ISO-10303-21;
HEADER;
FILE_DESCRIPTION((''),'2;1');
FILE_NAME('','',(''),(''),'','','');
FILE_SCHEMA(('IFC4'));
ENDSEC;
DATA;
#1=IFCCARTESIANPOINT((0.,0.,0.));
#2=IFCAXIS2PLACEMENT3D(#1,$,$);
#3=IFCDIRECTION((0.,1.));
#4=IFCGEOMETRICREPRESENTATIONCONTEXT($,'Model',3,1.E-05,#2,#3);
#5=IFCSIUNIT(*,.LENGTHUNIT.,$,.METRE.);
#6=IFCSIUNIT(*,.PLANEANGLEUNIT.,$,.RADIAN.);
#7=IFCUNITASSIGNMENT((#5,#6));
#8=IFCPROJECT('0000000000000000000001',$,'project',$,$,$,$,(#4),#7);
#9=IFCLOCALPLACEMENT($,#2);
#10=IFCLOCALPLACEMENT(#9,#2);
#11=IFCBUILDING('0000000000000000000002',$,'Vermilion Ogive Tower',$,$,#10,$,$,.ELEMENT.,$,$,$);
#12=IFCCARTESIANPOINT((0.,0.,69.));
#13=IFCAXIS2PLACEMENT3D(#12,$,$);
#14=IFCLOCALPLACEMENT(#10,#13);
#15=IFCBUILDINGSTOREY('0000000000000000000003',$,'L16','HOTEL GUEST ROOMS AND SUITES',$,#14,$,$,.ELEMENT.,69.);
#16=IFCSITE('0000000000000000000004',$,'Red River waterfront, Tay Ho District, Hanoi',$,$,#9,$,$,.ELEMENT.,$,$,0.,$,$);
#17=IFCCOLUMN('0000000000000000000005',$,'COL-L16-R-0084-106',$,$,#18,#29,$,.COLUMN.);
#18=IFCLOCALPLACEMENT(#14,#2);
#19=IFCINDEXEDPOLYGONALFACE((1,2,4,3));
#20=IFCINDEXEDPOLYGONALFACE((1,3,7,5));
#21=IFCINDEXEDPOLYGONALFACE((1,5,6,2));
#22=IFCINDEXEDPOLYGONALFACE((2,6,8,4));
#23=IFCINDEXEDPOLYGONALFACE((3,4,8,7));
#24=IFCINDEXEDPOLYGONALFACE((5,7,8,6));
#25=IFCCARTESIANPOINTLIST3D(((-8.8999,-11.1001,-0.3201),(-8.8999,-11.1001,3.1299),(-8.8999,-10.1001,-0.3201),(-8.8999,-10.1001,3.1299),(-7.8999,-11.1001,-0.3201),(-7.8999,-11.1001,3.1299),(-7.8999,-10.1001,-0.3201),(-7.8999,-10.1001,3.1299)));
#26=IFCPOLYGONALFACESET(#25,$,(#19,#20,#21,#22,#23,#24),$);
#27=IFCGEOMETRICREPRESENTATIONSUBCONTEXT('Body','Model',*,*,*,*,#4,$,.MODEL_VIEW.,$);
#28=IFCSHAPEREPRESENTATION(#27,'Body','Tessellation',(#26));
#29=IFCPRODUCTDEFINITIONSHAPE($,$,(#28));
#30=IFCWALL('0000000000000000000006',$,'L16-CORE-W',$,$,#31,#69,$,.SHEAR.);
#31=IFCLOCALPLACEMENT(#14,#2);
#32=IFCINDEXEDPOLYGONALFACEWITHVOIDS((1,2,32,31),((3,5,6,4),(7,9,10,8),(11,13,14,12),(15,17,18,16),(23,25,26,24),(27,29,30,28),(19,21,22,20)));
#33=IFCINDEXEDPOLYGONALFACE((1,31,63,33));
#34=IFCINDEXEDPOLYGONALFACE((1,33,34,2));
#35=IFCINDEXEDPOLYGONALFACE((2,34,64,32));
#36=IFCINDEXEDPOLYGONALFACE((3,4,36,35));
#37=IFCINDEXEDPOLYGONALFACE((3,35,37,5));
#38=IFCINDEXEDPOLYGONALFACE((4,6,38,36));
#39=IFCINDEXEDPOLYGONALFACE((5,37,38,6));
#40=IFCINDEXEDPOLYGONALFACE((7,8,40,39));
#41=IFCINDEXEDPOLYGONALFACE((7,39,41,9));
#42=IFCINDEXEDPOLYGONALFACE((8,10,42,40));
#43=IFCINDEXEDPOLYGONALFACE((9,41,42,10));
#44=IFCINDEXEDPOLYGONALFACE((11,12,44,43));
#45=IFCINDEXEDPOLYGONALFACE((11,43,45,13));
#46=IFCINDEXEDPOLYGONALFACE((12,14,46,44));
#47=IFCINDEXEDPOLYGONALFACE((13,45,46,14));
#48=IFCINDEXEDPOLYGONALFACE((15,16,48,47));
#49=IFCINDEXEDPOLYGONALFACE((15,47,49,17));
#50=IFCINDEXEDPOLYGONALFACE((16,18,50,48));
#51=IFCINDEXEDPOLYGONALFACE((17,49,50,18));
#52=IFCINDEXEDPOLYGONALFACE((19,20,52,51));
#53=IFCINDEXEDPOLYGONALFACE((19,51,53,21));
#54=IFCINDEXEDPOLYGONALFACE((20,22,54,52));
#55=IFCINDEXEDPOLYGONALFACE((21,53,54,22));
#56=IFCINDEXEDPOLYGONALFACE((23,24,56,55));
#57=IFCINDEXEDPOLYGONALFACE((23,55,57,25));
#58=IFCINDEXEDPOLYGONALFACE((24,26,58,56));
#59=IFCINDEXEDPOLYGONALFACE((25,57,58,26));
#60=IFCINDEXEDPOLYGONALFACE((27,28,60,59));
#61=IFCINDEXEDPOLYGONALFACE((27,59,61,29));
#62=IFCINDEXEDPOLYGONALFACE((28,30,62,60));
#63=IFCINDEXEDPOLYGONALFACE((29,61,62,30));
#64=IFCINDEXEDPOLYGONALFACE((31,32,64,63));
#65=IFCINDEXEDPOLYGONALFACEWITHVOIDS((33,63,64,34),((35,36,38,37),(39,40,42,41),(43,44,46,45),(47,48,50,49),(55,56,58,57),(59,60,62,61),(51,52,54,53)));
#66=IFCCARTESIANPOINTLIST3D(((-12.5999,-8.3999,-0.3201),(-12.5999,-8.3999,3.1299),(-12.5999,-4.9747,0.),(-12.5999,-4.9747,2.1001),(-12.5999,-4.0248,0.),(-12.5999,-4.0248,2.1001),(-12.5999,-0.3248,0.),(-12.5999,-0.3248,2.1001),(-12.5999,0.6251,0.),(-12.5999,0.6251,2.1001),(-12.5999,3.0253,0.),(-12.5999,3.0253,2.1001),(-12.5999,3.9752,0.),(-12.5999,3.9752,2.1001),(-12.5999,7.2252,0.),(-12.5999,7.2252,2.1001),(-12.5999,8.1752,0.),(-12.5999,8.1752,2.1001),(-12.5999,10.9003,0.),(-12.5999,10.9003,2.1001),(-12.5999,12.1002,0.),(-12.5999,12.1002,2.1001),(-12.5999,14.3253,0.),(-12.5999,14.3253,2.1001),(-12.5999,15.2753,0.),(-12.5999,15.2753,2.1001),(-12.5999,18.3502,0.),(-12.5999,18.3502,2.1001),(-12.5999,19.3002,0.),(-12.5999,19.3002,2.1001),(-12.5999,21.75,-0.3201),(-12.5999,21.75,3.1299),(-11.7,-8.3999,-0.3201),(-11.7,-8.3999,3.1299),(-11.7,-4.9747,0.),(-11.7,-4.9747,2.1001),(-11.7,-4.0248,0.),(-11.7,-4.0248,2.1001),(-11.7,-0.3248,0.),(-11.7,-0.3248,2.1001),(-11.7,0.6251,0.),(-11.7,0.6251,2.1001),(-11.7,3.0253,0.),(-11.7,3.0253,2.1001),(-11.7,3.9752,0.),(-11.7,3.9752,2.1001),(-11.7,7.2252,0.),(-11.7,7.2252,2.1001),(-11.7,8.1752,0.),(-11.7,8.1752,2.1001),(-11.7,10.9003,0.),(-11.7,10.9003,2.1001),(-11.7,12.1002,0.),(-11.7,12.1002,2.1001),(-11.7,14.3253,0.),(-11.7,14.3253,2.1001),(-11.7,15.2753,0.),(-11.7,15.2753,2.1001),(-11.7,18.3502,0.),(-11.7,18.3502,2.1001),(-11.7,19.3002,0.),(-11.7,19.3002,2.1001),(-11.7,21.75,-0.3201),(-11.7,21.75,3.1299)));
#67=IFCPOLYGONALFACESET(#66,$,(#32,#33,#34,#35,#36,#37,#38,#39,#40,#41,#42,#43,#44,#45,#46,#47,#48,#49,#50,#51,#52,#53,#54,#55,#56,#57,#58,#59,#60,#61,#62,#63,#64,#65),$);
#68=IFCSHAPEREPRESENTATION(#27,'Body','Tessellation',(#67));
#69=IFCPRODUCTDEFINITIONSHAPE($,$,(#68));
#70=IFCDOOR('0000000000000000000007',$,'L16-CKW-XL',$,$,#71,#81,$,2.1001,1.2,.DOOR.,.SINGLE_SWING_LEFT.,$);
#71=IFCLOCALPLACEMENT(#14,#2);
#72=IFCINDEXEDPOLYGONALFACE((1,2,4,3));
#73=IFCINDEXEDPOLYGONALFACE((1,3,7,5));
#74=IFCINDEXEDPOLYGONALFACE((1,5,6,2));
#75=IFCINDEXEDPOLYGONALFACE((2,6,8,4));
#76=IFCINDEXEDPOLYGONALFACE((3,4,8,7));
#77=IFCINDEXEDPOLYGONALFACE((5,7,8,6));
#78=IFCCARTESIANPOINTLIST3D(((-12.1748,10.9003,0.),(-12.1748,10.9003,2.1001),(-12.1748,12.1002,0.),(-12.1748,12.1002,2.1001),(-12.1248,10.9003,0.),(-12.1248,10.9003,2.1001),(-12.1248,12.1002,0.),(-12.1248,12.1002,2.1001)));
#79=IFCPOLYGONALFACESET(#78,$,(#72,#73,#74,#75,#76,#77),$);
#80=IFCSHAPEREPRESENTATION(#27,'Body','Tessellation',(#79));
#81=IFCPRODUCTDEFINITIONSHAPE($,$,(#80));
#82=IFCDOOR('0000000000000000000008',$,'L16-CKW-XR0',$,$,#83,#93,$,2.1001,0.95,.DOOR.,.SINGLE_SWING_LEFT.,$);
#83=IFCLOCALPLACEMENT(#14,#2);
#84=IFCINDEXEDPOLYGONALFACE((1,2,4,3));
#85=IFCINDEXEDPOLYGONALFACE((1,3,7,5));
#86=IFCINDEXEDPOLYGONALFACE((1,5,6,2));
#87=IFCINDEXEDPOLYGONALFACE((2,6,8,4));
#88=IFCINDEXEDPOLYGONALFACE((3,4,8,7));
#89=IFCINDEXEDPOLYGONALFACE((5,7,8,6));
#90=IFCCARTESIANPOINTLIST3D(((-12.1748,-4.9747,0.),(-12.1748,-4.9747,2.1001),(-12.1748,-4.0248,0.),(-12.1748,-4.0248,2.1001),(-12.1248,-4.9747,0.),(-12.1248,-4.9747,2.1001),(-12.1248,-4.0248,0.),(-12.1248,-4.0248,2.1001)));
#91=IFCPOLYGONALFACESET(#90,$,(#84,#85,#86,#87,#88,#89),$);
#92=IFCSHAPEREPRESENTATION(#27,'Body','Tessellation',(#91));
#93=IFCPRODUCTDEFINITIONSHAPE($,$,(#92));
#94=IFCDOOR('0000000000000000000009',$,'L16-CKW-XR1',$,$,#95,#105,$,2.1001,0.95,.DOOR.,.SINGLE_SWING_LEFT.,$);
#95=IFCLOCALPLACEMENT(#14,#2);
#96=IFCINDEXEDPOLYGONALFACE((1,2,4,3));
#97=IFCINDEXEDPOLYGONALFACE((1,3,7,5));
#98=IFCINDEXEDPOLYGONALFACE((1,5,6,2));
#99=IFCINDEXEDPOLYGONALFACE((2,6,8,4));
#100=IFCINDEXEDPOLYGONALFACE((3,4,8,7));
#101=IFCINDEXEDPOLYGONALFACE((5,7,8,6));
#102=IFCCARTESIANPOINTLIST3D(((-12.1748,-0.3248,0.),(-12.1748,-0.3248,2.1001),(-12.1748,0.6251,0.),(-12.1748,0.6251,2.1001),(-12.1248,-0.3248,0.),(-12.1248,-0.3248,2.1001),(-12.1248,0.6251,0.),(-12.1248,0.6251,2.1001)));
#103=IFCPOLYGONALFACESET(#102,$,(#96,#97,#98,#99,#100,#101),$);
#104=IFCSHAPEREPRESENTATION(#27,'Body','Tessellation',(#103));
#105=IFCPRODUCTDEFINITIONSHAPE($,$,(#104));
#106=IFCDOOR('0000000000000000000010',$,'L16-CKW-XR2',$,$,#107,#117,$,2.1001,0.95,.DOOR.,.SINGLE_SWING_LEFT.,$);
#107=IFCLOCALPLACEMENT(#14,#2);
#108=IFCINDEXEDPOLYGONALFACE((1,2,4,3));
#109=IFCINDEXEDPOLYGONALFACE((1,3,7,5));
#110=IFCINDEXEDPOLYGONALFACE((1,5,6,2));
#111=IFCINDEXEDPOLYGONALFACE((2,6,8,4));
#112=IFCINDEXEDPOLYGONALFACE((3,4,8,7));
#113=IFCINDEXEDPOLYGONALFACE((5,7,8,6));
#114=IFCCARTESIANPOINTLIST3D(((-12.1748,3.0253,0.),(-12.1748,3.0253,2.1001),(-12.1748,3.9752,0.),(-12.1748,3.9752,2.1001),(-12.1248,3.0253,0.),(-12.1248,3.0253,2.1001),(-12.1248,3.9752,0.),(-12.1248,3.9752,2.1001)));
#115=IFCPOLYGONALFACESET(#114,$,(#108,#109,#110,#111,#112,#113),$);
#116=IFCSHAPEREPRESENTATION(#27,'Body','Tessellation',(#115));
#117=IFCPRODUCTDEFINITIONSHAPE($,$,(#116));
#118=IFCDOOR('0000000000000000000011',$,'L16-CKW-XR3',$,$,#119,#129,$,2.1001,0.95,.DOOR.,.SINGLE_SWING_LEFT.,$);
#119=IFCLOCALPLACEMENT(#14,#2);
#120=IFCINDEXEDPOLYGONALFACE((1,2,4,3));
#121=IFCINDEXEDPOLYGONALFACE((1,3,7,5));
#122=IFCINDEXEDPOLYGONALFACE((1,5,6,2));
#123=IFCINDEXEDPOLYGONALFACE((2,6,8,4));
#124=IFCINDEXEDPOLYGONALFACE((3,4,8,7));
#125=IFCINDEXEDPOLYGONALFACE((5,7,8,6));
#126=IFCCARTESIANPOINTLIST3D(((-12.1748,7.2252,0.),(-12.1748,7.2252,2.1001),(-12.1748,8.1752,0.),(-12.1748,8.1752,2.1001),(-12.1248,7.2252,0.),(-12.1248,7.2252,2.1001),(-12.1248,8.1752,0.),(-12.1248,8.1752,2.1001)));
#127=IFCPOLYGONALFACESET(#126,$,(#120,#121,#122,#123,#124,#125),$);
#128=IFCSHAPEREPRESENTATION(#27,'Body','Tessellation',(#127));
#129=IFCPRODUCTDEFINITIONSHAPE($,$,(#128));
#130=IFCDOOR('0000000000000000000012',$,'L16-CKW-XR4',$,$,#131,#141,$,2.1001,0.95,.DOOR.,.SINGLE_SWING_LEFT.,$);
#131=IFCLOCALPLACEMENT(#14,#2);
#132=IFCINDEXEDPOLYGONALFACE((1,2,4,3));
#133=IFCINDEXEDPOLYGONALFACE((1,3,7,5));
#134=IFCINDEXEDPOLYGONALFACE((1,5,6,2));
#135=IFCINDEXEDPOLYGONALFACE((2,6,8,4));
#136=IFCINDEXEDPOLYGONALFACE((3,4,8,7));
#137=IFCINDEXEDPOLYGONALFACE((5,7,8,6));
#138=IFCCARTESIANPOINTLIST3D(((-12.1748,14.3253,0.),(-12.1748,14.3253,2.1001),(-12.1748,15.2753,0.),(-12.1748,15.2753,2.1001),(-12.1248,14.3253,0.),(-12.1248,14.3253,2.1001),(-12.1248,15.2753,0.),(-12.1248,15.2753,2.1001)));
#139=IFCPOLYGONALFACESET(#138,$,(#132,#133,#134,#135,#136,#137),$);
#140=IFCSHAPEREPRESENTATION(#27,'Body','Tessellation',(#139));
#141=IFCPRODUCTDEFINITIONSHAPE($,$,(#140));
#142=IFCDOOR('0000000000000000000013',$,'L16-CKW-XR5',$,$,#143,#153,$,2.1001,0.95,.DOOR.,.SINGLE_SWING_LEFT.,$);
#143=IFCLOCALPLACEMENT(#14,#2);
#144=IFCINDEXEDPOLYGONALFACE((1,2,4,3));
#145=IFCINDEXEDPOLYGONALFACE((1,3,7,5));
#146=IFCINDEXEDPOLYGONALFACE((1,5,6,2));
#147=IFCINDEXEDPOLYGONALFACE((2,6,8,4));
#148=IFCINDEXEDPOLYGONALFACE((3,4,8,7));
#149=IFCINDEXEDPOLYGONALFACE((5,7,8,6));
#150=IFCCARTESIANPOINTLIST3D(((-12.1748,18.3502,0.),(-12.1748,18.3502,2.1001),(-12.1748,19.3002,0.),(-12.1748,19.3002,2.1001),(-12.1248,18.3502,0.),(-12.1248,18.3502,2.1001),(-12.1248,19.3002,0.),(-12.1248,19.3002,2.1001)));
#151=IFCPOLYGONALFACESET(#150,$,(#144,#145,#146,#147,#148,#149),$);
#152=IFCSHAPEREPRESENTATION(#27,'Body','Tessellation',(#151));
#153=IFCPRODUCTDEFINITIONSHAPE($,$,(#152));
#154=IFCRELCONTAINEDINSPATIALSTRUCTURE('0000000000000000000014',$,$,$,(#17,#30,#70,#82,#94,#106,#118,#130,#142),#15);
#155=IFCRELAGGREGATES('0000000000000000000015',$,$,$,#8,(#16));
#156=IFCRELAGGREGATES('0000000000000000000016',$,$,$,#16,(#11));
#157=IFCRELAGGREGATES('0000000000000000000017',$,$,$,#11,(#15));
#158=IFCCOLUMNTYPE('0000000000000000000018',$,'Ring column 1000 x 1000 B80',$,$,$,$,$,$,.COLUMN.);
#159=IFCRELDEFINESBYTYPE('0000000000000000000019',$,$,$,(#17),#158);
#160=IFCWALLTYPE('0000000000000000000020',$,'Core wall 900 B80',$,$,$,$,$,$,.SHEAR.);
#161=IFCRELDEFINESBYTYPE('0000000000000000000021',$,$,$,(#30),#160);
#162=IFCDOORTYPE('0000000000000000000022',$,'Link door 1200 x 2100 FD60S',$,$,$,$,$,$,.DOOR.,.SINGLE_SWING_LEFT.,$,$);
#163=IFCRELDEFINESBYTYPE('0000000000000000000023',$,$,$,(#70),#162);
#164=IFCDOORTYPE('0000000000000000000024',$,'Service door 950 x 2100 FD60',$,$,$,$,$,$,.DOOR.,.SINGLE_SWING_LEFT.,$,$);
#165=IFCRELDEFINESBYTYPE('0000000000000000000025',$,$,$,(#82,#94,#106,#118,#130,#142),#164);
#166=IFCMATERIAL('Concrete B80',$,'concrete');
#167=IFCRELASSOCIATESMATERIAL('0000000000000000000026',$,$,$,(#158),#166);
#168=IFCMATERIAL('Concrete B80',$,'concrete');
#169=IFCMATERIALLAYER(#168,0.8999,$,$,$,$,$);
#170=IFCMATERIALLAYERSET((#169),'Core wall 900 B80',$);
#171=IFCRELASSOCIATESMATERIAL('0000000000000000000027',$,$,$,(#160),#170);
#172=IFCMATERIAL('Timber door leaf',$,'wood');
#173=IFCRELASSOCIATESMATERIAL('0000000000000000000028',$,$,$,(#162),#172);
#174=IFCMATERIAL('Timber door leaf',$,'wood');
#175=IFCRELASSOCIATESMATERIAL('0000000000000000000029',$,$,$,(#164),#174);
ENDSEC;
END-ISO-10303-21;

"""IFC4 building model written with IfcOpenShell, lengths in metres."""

from ifc_helpers import new_model, si_unit, direction, frame, frame_2d, origin, origin_2d, place, context, subcontext, project, spatial, rectangle, extrude, material, layer, layer_set, material_profile, profile_set, type_object, element, fill, save


model = new_model("IFC4")

# Units and contexts
model_context = context("Model", 3, precision=1e-05, world=origin(), true_north=direction((0.0, 1.0)))
body_context = subcontext(model_context, "Body", "Model", "MODEL_VIEW")
ifc_project = project(units=[si_unit("LENGTHUNIT", "METRE"), si_unit("PLANEANGLEUNIT", "RADIAN")], contexts=[model_context])

# Site, building, storey
site_placement = place(None, origin())
site = spatial("IfcSite", under=ifc_project, at=site_placement, Name="Red River waterfront, Tay Ho District, Hanoi", CompositionType="ELEMENT", RefElevation=0.0)
building_placement = place(site_placement, origin())
building = spatial("IfcBuilding", under=site, at=building_placement, Name="Vermilion Ogive Tower", CompositionType="ELEMENT")
storey_placement = place(building_placement, frame((0.0, 0.0, 69.0)))
storey = spatial("IfcBuildingStorey", under=building, at=storey_placement, Name="L16", Description="HOTEL GUEST ROOMS AND SUITES", CompositionType="ELEMENT", Elevation=69.0)

# Column
ifc_material_1 = material(Name="Concrete B80", Category="concrete")
ifc_material_profile = material_profile(ifc_material_1, rectangle(XDim=1.0, YDim=1.0, at=origin_2d()), Name="1000 x 1000")
ifc_profile_set = profile_set([ifc_material_profile], Name="Concrete B80")
column_type = type_object("IfcColumnType", Name="Ring column 1000 x 1000 B80", PredefinedType="COLUMN", material=ifc_profile_set)
column_placement = place(storey_placement, frame((-8.3999, -10.6001, -0.3201), z_axis=(0.0, 0.0, 1.0), x_axis=(1.0, 0.0, 0.0)))
element("IfcColumn", 1, at=column_placement, inside=storey, type_object=column_type, Name="COL-L16-R-0084-106", PredefinedType="COLUMN", context=body_context, shape_type="SweptSolid", body=[
    extrude(rectangle(XDim=1.0, YDim=1.0, at=origin_2d()), origin(), (0.0, 0.0, 1.0), 3.45),
])

# Wall, openings, doors
ifc_material_2 = material(Name="Concrete B80", Category="concrete")
ifc_layer_1 = layer(ifc_material_2, 0.8999)
ifc_layer_set_1 = layer_set([ifc_layer_1], Name="Core wall 900 B80")
wall_type_1 = type_object("IfcWallType", Name="Core wall 900 B80", PredefinedType="SHEAR", material=ifc_layer_set_1)
wall_1_placement = place(storey_placement, frame((-12.1499, -8.3999, -0.3201), z_axis=(0.0, 0.0, 1.0), x_axis=(0.0, 1.0, 0.0)))
wall_1 = element("IfcWall", 2, at=wall_1_placement, inside=storey, type_object=wall_type_1, Name="L16-CORE-W", PredefinedType="SHEAR", context=body_context, shape_type="SweptSolid", body=[
    extrude(rectangle(XDim=30.1499, YDim=0.8999, at=frame_2d((15.075, 0.0))), origin(), (0.0, 0.0, 1.0), 3.45),
])
opening_1_placement = place(wall_1_placement, frame((3.425, 0.0, 0.3201)))
opening_1 = element("IfcOpeningElement", 3, at=opening_1_placement, cuts=wall_1, PredefinedType="OPENING", context=body_context, shape_type="SweptSolid", body=[
    extrude(rectangle(XDim=0.95, YDim=2.1001, at=frame_2d((0.4751, 1.05))), frame((0.0, 0.46, 0.0), z_axis=(0.0, -1.0, 0.0), x_axis=(1.0, 0.0, 0.0)), (0.0, 0.0, 1.0), 0.9199),
])
opening_2_placement = place(wall_1_placement, frame((8.075, 0.0, 0.3201)))
opening_2 = element("IfcOpeningElement", 4, at=opening_2_placement, cuts=wall_1, PredefinedType="OPENING", context=body_context, shape_type="SweptSolid", body=[
    extrude(rectangle(XDim=0.95, YDim=2.1001, at=frame_2d((0.4751, 1.05))), frame((0.0, 0.46, 0.0), z_axis=(0.0, -1.0, 0.0), x_axis=(1.0, 0.0, 0.0)), (0.0, 0.0, 1.0), 0.9199),
])
opening_3_placement = place(wall_1_placement, frame((11.425, 0.0, 0.3201)))
opening_3 = element("IfcOpeningElement", 5, at=opening_3_placement, cuts=wall_1, PredefinedType="OPENING", context=body_context, shape_type="SweptSolid", body=[
    extrude(rectangle(XDim=0.95, YDim=2.1001, at=frame_2d((0.4751, 1.05))), frame((0.0, 0.46, 0.0), z_axis=(0.0, -1.0, 0.0), x_axis=(1.0, 0.0, 0.0)), (0.0, 0.0, 1.0), 0.9199),
])
opening_4_placement = place(wall_1_placement, frame((15.625, 0.0, 0.3201)))
opening_4 = element("IfcOpeningElement", 6, at=opening_4_placement, cuts=wall_1, PredefinedType="OPENING", context=body_context, shape_type="SweptSolid", body=[
    extrude(rectangle(XDim=0.95, YDim=2.1001, at=frame_2d((0.4751, 1.05))), frame((0.0, 0.46, 0.0), z_axis=(0.0, -1.0, 0.0), x_axis=(1.0, 0.0, 0.0)), (0.0, 0.0, 1.0), 0.9199),
])
opening_5_placement = place(wall_1_placement, frame((22.7251, 0.0, 0.3201)))
opening_5 = element("IfcOpeningElement", 7, at=opening_5_placement, cuts=wall_1, PredefinedType="OPENING", context=body_context, shape_type="SweptSolid", body=[
    extrude(rectangle(XDim=0.95, YDim=2.1001, at=frame_2d((0.4751, 1.05))), frame((0.0, 0.46, 0.0), z_axis=(0.0, -1.0, 0.0), x_axis=(1.0, 0.0, 0.0)), (0.0, 0.0, 1.0), 0.9199),
])
opening_6_placement = place(wall_1_placement, frame((26.75, 0.0, 0.3201)))
opening_6 = element("IfcOpeningElement", 8, at=opening_6_placement, cuts=wall_1, PredefinedType="OPENING", context=body_context, shape_type="SweptSolid", body=[
    extrude(rectangle(XDim=0.95, YDim=2.1001, at=frame_2d((0.4751, 1.05))), frame((0.0, 0.46, 0.0), z_axis=(0.0, -1.0, 0.0), x_axis=(1.0, 0.0, 0.0)), (0.0, 0.0, 1.0), 0.9199),
])
opening_7_placement = place(wall_1_placement, frame((19.3, 0.0, 0.3201)))
opening_7 = element("IfcOpeningElement", 9, at=opening_7_placement, cuts=wall_1, PredefinedType="OPENING", context=body_context, shape_type="SweptSolid", body=[
    extrude(rectangle(XDim=1.2, YDim=2.1001, at=frame_2d((0.6001, 1.05))), frame((0.0, 0.46, 0.0), z_axis=(0.0, -1.0, 0.0), x_axis=(1.0, 0.0, 0.0)), (0.0, 0.0, 1.0), 0.9199),
])
ifc_material_3 = material(Name="Timber door leaf", Category="wood")
door_type_1 = type_object("IfcDoorType", Name="Link door 1200 x 2100 FD60S", OperationType="SINGLE_SWING_LEFT", PredefinedType="DOOR", material=ifc_material_3)
door_1_placement = place(opening_7_placement, origin())
door_1 = element("IfcDoor", 10, at=door_1_placement, inside=storey, type_object=door_type_1, Name="L16-CKW-XL", OperationType="SINGLE_SWING_LEFT", OverallHeight=2.1001, OverallWidth=1.2, PredefinedType="DOOR", context=body_context, shape_type="SweptSolid", body=[
    extrude(rectangle(XDim=1.2, YDim=2.1001, at=frame_2d((0.6001, 1.05))), frame((0.0, 0.0249, 0.0), z_axis=(0.0, -1.0, 0.0), x_axis=(1.0, 0.0, 0.0)), (0.0, 0.0, 1.0), 0.05),
])
fill(opening_7, door_1)
ifc_material_4 = material(Name="Timber door leaf", Category="wood")
door_type_2 = type_object("IfcDoorType", Name="Service door 950 x 2100 FD60", OperationType="SINGLE_SWING_LEFT", PredefinedType="DOOR", material=ifc_material_4)
door_2_placement = place(opening_1_placement, origin())
door_2 = element("IfcDoor", 11, at=door_2_placement, inside=storey, type_object=door_type_2, Name="L16-CKW-XR0", OperationType="SINGLE_SWING_LEFT", OverallHeight=2.1001, OverallWidth=0.95, PredefinedType="DOOR", context=body_context, shape_type="SweptSolid", body=[
    extrude(rectangle(XDim=0.95, YDim=2.1001, at=frame_2d((0.4751, 1.05))), frame((0.0, 0.0249, 0.0), z_axis=(0.0, -1.0, 0.0), x_axis=(1.0, 0.0, 0.0)), (0.0, 0.0, 1.0), 0.05),
])
fill(opening_1, door_2)
door_3_placement = place(opening_2_placement, origin())
door_3 = element("IfcDoor", 12, at=door_3_placement, inside=storey, type_object=door_type_2, Name="L16-CKW-XR1", OperationType="SINGLE_SWING_LEFT", OverallHeight=2.1001, OverallWidth=0.95, PredefinedType="DOOR", context=body_context, shape_type="SweptSolid", body=[
    extrude(rectangle(XDim=0.95, YDim=2.1001, at=frame_2d((0.4751, 1.05))), frame((0.0, 0.0249, 0.0), z_axis=(0.0, -1.0, 0.0), x_axis=(1.0, 0.0, 0.0)), (0.0, 0.0, 1.0), 0.05),
])
fill(opening_2, door_3)
door_4_placement = place(opening_3_placement, origin())
door_4 = element("IfcDoor", 13, at=door_4_placement, inside=storey, type_object=door_type_2, Name="L16-CKW-XR2", OperationType="SINGLE_SWING_LEFT", OverallHeight=2.1001, OverallWidth=0.95, PredefinedType="DOOR", context=body_context, shape_type="SweptSolid", body=[
    extrude(rectangle(XDim=0.95, YDim=2.1001, at=frame_2d((0.4751, 1.05))), frame((0.0, 0.0249, 0.0), z_axis=(0.0, -1.0, 0.0), x_axis=(1.0, 0.0, 0.0)), (0.0, 0.0, 1.0), 0.05),
])
fill(opening_3, door_4)
door_5_placement = place(opening_4_placement, origin())
door_5 = element("IfcDoor", 14, at=door_5_placement, inside=storey, type_object=door_type_2, Name="L16-CKW-XR3", OperationType="SINGLE_SWING_LEFT", OverallHeight=2.1001, OverallWidth=0.95, PredefinedType="DOOR", context=body_context, shape_type="SweptSolid", body=[
    extrude(rectangle(XDim=0.95, YDim=2.1001, at=frame_2d((0.4751, 1.05))), frame((0.0, 0.0249, 0.0), z_axis=(0.0, -1.0, 0.0), x_axis=(1.0, 0.0, 0.0)), (0.0, 0.0, 1.0), 0.05),
])
fill(opening_4, door_5)
door_6_placement = place(opening_5_placement, origin())
door_6 = element("IfcDoor", 15, at=door_6_placement, inside=storey, type_object=door_type_2, Name="L16-CKW-XR4", OperationType="SINGLE_SWING_LEFT", OverallHeight=2.1001, OverallWidth=0.95, PredefinedType="DOOR", context=body_context, shape_type="SweptSolid", body=[
    extrude(rectangle(XDim=0.95, YDim=2.1001, at=frame_2d((0.4751, 1.05))), frame((0.0, 0.0249, 0.0), z_axis=(0.0, -1.0, 0.0), x_axis=(1.0, 0.0, 0.0)), (0.0, 0.0, 1.0), 0.05),
])
fill(opening_5, door_6)
door_7_placement = place(opening_6_placement, origin())
door_7 = element("IfcDoor", 16, at=door_7_placement, inside=storey, type_object=door_type_2, Name="L16-CKW-XR5", OperationType="SINGLE_SWING_LEFT", OverallHeight=2.1001, OverallWidth=0.95, PredefinedType="DOOR", context=body_context, shape_type="SweptSolid", body=[
    extrude(rectangle(XDim=0.95, YDim=2.1001, at=frame_2d((0.4751, 1.05))), frame((0.0, 0.0249, 0.0), z_axis=(0.0, -1.0, 0.0), x_axis=(1.0, 0.0, 0.0)), (0.0, 0.0, 1.0), 0.05),
])
fill(opening_6, door_7)

save(model, "model.ifc")
